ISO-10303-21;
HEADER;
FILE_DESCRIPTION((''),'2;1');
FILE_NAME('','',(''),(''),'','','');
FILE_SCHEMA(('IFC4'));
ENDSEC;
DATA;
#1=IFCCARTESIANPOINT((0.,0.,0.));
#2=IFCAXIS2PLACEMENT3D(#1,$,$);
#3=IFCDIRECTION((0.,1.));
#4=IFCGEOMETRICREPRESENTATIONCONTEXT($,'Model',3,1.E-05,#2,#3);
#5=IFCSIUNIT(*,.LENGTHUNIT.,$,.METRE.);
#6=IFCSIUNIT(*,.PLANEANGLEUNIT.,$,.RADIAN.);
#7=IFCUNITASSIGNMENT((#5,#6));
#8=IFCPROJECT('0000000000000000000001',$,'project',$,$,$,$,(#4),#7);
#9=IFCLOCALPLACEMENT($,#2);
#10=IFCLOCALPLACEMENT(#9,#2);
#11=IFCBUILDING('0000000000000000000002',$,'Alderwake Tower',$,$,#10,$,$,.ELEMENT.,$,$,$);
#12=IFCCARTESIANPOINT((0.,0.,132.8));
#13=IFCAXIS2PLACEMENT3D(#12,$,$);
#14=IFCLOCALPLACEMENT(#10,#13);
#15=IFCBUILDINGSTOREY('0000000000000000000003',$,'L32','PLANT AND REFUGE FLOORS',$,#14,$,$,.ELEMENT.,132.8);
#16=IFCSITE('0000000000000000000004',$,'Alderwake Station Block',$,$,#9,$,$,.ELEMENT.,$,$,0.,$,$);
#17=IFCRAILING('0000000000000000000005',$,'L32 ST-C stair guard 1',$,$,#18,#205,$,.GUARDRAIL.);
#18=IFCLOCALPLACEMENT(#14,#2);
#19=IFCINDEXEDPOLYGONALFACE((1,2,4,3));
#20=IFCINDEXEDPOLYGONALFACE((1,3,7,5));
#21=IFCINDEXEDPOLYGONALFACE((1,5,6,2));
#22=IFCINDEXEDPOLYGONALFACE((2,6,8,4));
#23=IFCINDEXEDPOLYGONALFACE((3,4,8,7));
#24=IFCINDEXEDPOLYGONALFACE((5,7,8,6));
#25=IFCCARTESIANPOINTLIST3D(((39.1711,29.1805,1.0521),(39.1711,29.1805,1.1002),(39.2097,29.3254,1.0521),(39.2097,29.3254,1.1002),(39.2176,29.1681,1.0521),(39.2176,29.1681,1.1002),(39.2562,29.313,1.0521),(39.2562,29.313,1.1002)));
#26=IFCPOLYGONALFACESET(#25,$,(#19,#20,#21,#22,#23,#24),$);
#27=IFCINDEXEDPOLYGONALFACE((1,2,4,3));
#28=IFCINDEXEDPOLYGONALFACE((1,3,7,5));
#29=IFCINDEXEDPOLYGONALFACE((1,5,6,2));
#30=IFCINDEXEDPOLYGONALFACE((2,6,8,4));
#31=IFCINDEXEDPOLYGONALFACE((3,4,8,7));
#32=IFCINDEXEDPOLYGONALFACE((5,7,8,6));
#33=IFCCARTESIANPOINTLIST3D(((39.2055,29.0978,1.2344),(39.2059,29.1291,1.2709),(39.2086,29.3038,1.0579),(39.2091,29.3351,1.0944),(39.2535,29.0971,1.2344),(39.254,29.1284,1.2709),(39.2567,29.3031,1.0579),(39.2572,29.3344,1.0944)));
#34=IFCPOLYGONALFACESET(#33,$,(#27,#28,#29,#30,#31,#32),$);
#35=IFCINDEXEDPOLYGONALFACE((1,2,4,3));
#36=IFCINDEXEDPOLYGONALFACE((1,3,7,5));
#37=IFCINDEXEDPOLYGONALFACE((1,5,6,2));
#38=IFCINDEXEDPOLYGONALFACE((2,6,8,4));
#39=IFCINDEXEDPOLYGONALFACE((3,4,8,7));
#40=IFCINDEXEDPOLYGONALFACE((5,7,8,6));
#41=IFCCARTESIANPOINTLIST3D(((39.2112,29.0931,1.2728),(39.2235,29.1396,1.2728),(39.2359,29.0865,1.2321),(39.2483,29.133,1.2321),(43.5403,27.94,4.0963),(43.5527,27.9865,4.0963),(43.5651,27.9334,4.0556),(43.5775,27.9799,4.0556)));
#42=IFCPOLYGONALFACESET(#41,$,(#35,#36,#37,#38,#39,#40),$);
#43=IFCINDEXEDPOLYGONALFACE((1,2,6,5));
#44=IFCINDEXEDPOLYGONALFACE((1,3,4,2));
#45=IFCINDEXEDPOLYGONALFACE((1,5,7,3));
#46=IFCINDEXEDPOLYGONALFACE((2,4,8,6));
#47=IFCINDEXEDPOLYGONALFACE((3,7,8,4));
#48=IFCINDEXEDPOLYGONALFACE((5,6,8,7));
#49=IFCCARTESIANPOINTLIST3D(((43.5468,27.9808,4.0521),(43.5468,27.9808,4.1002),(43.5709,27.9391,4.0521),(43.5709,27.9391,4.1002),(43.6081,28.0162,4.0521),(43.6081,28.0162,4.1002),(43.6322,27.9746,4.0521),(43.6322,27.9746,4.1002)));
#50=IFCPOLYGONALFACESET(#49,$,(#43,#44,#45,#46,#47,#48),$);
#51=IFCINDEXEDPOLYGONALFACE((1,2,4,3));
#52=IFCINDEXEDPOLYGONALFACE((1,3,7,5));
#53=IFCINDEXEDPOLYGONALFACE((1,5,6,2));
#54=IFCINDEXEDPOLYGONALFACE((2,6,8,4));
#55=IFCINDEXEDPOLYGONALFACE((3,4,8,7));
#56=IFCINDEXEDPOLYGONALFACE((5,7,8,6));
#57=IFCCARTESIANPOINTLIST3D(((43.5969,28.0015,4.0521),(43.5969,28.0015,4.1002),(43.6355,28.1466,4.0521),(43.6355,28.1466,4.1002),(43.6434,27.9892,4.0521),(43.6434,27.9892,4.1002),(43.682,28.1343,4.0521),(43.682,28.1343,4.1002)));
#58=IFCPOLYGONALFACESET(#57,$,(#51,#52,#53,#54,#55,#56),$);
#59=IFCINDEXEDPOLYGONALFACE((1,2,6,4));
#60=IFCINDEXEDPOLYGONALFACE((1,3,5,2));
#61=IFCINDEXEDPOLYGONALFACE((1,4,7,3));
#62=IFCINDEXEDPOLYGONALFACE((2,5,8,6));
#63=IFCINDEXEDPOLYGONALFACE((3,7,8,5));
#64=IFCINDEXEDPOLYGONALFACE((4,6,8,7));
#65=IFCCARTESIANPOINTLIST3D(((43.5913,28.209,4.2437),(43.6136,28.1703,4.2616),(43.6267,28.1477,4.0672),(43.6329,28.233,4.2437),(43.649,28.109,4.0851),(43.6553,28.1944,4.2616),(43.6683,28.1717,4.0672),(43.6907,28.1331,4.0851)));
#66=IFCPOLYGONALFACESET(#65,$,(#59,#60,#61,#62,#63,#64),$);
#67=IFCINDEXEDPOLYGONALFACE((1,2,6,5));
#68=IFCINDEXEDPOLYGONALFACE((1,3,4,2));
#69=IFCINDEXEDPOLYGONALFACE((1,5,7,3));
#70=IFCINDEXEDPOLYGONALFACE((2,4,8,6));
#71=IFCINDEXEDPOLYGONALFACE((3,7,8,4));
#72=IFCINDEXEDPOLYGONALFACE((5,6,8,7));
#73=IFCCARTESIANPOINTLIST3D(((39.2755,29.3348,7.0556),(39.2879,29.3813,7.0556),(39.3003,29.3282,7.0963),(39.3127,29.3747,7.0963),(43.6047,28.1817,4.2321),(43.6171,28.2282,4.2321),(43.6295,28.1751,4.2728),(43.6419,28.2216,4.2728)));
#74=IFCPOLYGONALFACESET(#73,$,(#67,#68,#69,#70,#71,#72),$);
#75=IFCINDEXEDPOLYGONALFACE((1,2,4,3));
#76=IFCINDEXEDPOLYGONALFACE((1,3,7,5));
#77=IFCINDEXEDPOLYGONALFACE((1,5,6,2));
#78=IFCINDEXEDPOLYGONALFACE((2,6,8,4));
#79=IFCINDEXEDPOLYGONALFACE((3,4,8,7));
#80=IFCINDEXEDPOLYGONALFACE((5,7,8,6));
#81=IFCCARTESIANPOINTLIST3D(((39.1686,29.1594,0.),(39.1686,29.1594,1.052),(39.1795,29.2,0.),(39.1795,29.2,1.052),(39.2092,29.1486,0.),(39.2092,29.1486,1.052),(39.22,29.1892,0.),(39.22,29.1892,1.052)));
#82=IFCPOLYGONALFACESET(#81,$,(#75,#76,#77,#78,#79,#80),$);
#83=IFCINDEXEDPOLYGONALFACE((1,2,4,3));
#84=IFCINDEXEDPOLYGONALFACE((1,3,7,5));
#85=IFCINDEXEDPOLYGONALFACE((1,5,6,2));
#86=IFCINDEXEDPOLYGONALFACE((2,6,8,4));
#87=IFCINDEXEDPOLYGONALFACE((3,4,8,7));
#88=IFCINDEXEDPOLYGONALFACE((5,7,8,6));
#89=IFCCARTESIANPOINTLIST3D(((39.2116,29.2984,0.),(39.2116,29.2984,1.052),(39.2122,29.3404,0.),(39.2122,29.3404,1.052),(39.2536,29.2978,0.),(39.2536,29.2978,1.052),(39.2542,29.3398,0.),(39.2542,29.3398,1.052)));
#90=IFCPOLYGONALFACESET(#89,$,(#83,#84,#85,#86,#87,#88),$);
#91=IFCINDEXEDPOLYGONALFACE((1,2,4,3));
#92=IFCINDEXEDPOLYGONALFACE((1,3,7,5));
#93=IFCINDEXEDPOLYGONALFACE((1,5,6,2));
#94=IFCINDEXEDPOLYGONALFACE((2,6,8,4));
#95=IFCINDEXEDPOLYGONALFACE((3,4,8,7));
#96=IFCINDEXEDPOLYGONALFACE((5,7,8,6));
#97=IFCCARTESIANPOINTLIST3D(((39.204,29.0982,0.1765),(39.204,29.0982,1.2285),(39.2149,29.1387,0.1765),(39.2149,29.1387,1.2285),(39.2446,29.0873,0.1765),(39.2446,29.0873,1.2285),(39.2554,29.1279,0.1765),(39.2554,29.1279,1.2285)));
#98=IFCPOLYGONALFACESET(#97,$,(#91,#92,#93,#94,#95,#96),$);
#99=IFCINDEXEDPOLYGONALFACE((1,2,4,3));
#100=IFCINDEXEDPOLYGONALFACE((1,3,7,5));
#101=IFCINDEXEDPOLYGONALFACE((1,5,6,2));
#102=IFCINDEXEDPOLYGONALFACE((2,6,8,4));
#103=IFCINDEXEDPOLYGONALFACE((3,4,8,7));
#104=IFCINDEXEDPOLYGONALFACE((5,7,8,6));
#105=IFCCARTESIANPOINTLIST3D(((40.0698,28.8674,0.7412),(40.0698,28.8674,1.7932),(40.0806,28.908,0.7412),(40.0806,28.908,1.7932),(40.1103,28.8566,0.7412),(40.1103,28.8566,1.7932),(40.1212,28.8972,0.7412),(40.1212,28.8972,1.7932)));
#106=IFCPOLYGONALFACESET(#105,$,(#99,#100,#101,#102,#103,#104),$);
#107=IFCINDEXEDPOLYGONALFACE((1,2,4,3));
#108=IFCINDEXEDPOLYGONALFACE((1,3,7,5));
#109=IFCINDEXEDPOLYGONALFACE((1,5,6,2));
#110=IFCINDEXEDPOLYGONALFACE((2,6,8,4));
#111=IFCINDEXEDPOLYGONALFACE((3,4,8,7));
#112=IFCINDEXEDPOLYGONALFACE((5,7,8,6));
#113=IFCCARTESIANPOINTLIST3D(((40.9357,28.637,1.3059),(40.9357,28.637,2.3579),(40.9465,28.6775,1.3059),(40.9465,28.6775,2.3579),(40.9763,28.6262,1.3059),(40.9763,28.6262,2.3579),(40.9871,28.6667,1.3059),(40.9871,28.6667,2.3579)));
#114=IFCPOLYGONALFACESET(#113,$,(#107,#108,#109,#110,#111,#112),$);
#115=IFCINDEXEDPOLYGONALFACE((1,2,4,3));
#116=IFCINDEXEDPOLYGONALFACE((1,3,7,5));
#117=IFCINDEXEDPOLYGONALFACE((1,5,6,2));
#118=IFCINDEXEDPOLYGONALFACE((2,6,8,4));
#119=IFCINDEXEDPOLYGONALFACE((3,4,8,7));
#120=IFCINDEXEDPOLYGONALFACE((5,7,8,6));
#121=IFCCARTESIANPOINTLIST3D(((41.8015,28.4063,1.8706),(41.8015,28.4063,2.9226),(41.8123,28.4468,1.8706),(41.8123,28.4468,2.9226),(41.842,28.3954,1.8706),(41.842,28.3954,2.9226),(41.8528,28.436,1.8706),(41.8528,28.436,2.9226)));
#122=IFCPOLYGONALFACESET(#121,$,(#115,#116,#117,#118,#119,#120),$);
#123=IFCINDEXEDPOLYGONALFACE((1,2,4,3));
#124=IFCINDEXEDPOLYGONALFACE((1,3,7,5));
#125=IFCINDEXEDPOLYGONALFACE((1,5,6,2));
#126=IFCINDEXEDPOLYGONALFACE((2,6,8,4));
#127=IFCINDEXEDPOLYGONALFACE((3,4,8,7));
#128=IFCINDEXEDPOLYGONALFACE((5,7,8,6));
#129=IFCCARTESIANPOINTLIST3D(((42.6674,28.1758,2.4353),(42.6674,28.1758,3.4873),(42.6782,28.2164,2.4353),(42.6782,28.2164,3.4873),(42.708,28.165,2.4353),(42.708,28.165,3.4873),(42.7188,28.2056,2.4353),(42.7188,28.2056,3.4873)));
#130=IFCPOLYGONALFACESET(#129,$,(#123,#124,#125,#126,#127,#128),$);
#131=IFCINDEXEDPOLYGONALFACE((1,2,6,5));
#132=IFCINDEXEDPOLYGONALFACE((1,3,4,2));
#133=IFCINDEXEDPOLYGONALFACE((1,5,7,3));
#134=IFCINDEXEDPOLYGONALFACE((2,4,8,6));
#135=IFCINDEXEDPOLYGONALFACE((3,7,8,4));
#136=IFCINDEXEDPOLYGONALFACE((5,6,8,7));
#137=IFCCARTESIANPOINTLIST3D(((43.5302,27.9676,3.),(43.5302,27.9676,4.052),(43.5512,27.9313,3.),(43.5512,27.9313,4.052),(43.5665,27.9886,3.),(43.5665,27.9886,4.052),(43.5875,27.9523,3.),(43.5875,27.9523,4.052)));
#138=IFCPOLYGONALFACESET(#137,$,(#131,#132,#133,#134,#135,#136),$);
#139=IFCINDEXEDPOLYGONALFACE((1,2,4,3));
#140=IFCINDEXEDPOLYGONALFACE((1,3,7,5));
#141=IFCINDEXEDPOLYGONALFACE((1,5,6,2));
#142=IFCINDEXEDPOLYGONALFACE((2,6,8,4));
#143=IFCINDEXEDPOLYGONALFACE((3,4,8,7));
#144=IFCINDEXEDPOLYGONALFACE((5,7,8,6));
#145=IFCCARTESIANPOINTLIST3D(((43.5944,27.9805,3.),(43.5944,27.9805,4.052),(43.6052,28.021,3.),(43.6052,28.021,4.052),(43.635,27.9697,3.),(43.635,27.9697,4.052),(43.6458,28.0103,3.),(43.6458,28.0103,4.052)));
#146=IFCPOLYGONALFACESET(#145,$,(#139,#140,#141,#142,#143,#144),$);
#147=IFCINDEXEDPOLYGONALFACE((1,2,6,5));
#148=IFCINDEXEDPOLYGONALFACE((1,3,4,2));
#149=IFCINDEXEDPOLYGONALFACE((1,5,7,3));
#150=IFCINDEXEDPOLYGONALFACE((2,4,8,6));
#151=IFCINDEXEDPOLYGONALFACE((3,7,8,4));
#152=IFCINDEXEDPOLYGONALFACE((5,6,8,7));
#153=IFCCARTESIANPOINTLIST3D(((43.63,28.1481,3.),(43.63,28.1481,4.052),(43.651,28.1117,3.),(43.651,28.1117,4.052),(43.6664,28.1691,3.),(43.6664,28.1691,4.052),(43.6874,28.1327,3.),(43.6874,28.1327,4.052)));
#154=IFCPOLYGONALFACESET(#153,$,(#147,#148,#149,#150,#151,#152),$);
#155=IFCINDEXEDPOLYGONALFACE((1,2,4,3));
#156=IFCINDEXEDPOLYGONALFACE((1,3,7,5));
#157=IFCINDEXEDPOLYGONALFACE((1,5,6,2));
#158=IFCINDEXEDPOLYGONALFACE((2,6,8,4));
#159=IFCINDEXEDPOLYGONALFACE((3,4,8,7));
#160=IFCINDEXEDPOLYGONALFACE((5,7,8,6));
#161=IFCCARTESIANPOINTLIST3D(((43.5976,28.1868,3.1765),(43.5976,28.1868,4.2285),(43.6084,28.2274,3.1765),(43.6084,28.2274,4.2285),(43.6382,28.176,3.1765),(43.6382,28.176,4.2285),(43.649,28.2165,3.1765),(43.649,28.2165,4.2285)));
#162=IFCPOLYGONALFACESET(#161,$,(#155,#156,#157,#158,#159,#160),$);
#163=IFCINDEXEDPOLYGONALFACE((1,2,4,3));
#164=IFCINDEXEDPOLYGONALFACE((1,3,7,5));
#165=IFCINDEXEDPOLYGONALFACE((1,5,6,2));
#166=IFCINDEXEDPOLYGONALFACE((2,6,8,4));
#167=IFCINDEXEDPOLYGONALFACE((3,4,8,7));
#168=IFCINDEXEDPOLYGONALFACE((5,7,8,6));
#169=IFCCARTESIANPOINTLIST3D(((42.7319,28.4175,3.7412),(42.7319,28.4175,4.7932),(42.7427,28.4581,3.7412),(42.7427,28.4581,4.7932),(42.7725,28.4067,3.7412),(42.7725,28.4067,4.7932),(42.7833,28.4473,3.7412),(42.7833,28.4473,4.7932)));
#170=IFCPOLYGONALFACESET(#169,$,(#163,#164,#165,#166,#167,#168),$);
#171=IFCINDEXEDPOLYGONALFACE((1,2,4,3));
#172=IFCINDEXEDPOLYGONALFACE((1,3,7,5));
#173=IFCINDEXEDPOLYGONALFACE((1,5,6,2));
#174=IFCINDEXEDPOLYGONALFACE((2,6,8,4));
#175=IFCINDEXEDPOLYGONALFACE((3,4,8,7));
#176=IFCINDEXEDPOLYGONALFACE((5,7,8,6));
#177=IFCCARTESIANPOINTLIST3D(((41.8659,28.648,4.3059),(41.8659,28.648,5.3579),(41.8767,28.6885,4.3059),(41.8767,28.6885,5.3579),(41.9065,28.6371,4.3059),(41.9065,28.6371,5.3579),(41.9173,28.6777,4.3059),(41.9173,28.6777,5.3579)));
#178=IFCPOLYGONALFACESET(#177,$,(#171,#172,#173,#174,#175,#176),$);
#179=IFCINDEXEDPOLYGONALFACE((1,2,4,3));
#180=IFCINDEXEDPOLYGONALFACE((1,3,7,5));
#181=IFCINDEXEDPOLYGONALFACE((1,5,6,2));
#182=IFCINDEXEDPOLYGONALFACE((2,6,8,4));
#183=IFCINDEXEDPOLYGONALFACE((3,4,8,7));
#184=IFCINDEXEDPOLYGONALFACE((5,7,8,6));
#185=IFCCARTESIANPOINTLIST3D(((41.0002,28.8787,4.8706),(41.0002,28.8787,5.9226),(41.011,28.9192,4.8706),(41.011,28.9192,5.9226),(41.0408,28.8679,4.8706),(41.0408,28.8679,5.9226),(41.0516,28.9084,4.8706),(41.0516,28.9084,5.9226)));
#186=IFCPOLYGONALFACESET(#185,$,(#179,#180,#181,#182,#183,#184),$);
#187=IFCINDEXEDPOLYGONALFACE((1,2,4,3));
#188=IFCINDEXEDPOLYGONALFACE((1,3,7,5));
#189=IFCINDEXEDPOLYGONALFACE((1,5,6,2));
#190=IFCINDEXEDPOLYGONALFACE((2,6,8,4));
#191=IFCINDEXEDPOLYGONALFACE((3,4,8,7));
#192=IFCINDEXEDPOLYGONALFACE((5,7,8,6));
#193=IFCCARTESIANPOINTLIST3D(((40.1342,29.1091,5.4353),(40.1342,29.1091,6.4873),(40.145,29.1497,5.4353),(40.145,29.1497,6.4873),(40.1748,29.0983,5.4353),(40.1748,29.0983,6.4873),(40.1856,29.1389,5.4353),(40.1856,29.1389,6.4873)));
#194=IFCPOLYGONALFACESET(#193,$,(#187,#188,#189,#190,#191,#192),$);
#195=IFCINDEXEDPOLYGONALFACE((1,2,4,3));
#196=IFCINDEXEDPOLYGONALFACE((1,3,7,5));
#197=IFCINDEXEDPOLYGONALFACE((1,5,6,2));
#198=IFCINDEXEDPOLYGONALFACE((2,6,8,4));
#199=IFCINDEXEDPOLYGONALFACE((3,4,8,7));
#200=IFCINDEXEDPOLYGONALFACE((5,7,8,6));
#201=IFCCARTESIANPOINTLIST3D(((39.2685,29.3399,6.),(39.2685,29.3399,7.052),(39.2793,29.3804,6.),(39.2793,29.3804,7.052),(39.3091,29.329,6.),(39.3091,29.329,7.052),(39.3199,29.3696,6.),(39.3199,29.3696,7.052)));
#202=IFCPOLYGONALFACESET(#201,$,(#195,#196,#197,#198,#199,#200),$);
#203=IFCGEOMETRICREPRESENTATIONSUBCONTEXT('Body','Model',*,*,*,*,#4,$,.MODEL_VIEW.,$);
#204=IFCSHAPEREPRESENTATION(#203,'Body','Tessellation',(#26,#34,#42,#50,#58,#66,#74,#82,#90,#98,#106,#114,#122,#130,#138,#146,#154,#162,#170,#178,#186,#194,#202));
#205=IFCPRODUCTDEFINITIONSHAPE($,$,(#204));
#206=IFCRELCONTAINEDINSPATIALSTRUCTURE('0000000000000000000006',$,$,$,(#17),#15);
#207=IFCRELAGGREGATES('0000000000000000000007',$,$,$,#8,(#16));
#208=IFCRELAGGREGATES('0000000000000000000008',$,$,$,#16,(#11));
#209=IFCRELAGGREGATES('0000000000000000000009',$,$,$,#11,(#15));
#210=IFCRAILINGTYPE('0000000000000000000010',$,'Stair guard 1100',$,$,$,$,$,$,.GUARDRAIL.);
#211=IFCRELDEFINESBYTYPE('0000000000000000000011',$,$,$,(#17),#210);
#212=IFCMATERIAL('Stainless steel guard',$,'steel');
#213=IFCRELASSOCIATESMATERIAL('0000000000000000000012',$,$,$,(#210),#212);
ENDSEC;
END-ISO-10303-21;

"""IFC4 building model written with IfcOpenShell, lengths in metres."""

from ifc_helpers import new_model, si_unit, direction, frame, origin, origin_2d, place, context, subcontext, project, spatial, rectangle, extrude, material, type_object, element, save


model = new_model("IFC4")

# Units and contexts
model_context = context("Model", 3, precision=1e-05, world=origin(), true_north=direction((0.0, 1.0)))
body_context = subcontext(model_context, "Body", "Model", "MODEL_VIEW")
ifc_project = project(units=[si_unit("LENGTHUNIT", "METRE"), si_unit("PLANEANGLEUNIT", "RADIAN")], contexts=[model_context])

# Site, building, storey
site_placement = place(None, origin())
site = spatial("IfcSite", under=ifc_project, at=site_placement, Name="Alderwake Station Block", CompositionType="ELEMENT", RefElevation=0.0)
building_placement = place(site_placement, origin())
building = spatial("IfcBuilding", under=site, at=building_placement, Name="Alderwake Tower", CompositionType="ELEMENT")
storey_placement = place(building_placement, frame((0.0, 0.0, 132.8)))
storey = spatial("IfcBuildingStorey", under=building, at=storey_placement, Name="L32", Description="PLANT AND REFUGE FLOORS", CompositionType="ELEMENT", Elevation=132.8)

# Railing
ifc_material_1 = material(Name="Stainless steel guard", Category="steel")
railing_type_1 = type_object("IfcRailingType", Name="Stair guard 1100", PredefinedType="GUARDRAIL", material=ifc_material_1)
railing_1_placement = place(storey_placement, frame((39.1943, 29.1743, 0.0)))
element("IfcRailing", 1, at=railing_1_placement, inside=storey, type_object=railing_type_1, Name="L32 ST-C stair guard 1", PredefinedType="GUARDRAIL", context=body_context, shape_type="SweptSolid", body=[
    extrude(rectangle(XDim=0.0481, YDim=0.0481, at=origin_2d()), frame((0.0, 0.0, 1.0762), z_axis=(0.25746, 0.966289, 0.0), x_axis=(-0.966289, 0.25746, 0.0)), (0.0, 0.0, 1.0), 0.1499),
    extrude(rectangle(XDim=0.0481, YDim=0.0481, at=origin_2d()), frame((0.0386, 0.1448, 1.0762), z_axis=(-0.011697, -0.759395, 0.650525), x_axis=(0.999881, -0.015401, 0.0)), (0.0, 0.0, 1.0), 0.2712),
    extrude(rectangle(XDim=0.0481, YDim=0.0481, at=origin_2d()), frame((0.0354, -0.0613, 1.2524), z_axis=(0.817499, -0.217745, 0.533182), x_axis=(0.257381, 0.96631, 0.0)), (0.0, 0.0, 1.0), 5.2957),
    extrude(rectangle(XDim=0.0481, YDim=0.0481, at=origin_2d()), frame((4.3645, -1.2144, 4.0762), z_axis=(0.865898, 0.50022, 0.0), x_axis=(-0.50022, 0.865898, 0.0)), (0.0, 0.0, 1.0), 0.0708),
    extrude(rectangle(XDim=0.0481, YDim=0.0481, at=origin_2d()), frame((4.4258, -1.179, 4.0762), z_axis=(0.257055, 0.966397, 0.0), x_axis=(-0.966397, 0.257055, 0.0)), (0.0, 0.0, 1.0), 0.1501),
    extrude(rectangle(XDim=0.0481, YDim=0.0481, at=origin_2d()), frame((4.4644, -1.0339, 4.0762), z_axis=(-0.186149, 0.322231, 0.928179), x_axis=(-0.865898, -0.50022, 0.0)), (0.0, 0.0, 1.0), 0.1902),
    extrude(rectangle(XDim=0.0481, YDim=0.0481, at=origin_2d()), frame((4.429, -0.9727, 4.2524), z_axis=(-0.817499, 0.217745, 0.533182), x_axis=(-0.257381, -0.96631, 0.0)), (0.0, 0.0, 1.0), 5.2957),
    extrude(rectangle(XDim=0.042, YDim=0.042, at=origin_2d()), frame((0.0, 0.0, 0.0), z_axis=(0.0, 0.0, 1.0), x_axis=(0.25746, 0.966289, 0.0)), (0.0, 0.0, 1.0), 1.052),
    extrude(rectangle(XDim=0.042, YDim=0.042, at=origin_2d()), frame((0.0386, 0.1448, 0.0), z_axis=(0.0, 0.0, 1.0), x_axis=(-0.015401, -0.999881, 0.0)), (0.0, 0.0, 1.0), 1.052),
    extrude(rectangle(XDim=0.042, YDim=0.042, at=origin_2d()), frame((0.0354, -0.0613, 0.1765), z_axis=(0.0, 0.0, 1.0), x_axis=(0.96631, -0.257381, 0.0)), (0.0, 0.0, 1.0), 1.052),
    extrude(rectangle(XDim=0.042, YDim=0.042, at=origin_2d()), frame((0.9011, -0.292, 0.7412), z_axis=(0.0, 0.0, 1.0), x_axis=(0.96631, -0.257381, 0.0)), (0.0, 0.0, 1.0), 1.052),
    extrude(rectangle(XDim=0.042, YDim=0.042, at=origin_2d()), frame((1.7671, -0.5225, 1.3059), z_axis=(0.0, 0.0, 1.0), x_axis=(0.96631, -0.257381, 0.0)), (0.0, 0.0, 1.0), 1.052),
    extrude(rectangle(XDim=0.042, YDim=0.042, at=origin_2d()), frame((2.6328, -0.7532, 1.8706), z_axis=(0.0, 0.0, 1.0), x_axis=(0.96631, -0.257381, 0.0)), (0.0, 0.0, 1.0), 1.052),
    extrude(rectangle(XDim=0.042, YDim=0.042, at=origin_2d()), frame((3.4988, -0.9836, 2.4353), z_axis=(0.0, 0.0, 1.0), x_axis=(0.96631, -0.257381, 0.0)), (0.0, 0.0, 1.0), 1.052),
    extrude(rectangle(XDim=0.042, YDim=0.042, at=origin_2d()), frame((4.3645, -1.2144, 3.0), z_axis=(0.0, 0.0, 1.0), x_axis=(0.865898, 0.50022, 0.0)), (0.0, 0.0, 1.0), 1.052),
    extrude(rectangle(XDim=0.042, YDim=0.042, at=origin_2d()), frame((4.4258, -1.179, 3.0), z_axis=(0.0, 0.0, 1.0), x_axis=(0.257055, 0.966397, 0.0)), (0.0, 0.0, 1.0), 1.052),
    extrude(rectangle(XDim=0.042, YDim=0.042, at=origin_2d()), frame((4.4644, -1.0339, 3.0), z_axis=(0.0, 0.0, 1.0), x_axis=(-0.50022, 0.865898, 0.0)), (0.0, 0.0, 1.0), 1.052),
    extrude(rectangle(XDim=0.042, YDim=0.042, at=origin_2d()), frame((4.429, -0.9727, 3.1765), z_axis=(0.0, 0.0, 1.0), x_axis=(-0.96631, 0.257381, 0.0)), (0.0, 0.0, 1.0), 1.052),
    extrude(rectangle(XDim=0.042, YDim=0.042, at=origin_2d()), frame((3.5632, -0.7419, 3.7412), z_axis=(0.0, 0.0, 1.0), x_axis=(-0.96631, 0.257381, 0.0)), (0.0, 0.0, 1.0), 1.052),
    extrude(rectangle(XDim=0.042, YDim=0.042, at=origin_2d()), frame((2.6973, -0.5115, 4.3059), z_axis=(0.0, 0.0, 1.0), x_axis=(-0.96631, 0.257381, 0.0)), (0.0, 0.0, 1.0), 1.052),
    extrude(rectangle(XDim=0.042, YDim=0.042, at=origin_2d()), frame((1.8315, -0.2808, 4.8706), z_axis=(0.0, 0.0, 1.0), x_axis=(-0.96631, 0.257381, 0.0)), (0.0, 0.0, 1.0), 1.052),
    extrude(rectangle(XDim=0.042, YDim=0.042, at=origin_2d()), frame((0.9656, -0.0503, 5.4353), z_axis=(0.0, 0.0, 1.0), x_axis=(-0.96631, 0.257381, 0.0)), (0.0, 0.0, 1.0), 1.052),
    extrude(rectangle(XDim=0.042, YDim=0.042, at=origin_2d()), frame((0.0999, 0.1804, 6.0), z_axis=(0.0, 0.0, 1.0), x_axis=(-0.96631, 0.257381, 0.0)), (0.0, 0.0, 1.0), 1.052),
])

save(model, "model.ifc")
